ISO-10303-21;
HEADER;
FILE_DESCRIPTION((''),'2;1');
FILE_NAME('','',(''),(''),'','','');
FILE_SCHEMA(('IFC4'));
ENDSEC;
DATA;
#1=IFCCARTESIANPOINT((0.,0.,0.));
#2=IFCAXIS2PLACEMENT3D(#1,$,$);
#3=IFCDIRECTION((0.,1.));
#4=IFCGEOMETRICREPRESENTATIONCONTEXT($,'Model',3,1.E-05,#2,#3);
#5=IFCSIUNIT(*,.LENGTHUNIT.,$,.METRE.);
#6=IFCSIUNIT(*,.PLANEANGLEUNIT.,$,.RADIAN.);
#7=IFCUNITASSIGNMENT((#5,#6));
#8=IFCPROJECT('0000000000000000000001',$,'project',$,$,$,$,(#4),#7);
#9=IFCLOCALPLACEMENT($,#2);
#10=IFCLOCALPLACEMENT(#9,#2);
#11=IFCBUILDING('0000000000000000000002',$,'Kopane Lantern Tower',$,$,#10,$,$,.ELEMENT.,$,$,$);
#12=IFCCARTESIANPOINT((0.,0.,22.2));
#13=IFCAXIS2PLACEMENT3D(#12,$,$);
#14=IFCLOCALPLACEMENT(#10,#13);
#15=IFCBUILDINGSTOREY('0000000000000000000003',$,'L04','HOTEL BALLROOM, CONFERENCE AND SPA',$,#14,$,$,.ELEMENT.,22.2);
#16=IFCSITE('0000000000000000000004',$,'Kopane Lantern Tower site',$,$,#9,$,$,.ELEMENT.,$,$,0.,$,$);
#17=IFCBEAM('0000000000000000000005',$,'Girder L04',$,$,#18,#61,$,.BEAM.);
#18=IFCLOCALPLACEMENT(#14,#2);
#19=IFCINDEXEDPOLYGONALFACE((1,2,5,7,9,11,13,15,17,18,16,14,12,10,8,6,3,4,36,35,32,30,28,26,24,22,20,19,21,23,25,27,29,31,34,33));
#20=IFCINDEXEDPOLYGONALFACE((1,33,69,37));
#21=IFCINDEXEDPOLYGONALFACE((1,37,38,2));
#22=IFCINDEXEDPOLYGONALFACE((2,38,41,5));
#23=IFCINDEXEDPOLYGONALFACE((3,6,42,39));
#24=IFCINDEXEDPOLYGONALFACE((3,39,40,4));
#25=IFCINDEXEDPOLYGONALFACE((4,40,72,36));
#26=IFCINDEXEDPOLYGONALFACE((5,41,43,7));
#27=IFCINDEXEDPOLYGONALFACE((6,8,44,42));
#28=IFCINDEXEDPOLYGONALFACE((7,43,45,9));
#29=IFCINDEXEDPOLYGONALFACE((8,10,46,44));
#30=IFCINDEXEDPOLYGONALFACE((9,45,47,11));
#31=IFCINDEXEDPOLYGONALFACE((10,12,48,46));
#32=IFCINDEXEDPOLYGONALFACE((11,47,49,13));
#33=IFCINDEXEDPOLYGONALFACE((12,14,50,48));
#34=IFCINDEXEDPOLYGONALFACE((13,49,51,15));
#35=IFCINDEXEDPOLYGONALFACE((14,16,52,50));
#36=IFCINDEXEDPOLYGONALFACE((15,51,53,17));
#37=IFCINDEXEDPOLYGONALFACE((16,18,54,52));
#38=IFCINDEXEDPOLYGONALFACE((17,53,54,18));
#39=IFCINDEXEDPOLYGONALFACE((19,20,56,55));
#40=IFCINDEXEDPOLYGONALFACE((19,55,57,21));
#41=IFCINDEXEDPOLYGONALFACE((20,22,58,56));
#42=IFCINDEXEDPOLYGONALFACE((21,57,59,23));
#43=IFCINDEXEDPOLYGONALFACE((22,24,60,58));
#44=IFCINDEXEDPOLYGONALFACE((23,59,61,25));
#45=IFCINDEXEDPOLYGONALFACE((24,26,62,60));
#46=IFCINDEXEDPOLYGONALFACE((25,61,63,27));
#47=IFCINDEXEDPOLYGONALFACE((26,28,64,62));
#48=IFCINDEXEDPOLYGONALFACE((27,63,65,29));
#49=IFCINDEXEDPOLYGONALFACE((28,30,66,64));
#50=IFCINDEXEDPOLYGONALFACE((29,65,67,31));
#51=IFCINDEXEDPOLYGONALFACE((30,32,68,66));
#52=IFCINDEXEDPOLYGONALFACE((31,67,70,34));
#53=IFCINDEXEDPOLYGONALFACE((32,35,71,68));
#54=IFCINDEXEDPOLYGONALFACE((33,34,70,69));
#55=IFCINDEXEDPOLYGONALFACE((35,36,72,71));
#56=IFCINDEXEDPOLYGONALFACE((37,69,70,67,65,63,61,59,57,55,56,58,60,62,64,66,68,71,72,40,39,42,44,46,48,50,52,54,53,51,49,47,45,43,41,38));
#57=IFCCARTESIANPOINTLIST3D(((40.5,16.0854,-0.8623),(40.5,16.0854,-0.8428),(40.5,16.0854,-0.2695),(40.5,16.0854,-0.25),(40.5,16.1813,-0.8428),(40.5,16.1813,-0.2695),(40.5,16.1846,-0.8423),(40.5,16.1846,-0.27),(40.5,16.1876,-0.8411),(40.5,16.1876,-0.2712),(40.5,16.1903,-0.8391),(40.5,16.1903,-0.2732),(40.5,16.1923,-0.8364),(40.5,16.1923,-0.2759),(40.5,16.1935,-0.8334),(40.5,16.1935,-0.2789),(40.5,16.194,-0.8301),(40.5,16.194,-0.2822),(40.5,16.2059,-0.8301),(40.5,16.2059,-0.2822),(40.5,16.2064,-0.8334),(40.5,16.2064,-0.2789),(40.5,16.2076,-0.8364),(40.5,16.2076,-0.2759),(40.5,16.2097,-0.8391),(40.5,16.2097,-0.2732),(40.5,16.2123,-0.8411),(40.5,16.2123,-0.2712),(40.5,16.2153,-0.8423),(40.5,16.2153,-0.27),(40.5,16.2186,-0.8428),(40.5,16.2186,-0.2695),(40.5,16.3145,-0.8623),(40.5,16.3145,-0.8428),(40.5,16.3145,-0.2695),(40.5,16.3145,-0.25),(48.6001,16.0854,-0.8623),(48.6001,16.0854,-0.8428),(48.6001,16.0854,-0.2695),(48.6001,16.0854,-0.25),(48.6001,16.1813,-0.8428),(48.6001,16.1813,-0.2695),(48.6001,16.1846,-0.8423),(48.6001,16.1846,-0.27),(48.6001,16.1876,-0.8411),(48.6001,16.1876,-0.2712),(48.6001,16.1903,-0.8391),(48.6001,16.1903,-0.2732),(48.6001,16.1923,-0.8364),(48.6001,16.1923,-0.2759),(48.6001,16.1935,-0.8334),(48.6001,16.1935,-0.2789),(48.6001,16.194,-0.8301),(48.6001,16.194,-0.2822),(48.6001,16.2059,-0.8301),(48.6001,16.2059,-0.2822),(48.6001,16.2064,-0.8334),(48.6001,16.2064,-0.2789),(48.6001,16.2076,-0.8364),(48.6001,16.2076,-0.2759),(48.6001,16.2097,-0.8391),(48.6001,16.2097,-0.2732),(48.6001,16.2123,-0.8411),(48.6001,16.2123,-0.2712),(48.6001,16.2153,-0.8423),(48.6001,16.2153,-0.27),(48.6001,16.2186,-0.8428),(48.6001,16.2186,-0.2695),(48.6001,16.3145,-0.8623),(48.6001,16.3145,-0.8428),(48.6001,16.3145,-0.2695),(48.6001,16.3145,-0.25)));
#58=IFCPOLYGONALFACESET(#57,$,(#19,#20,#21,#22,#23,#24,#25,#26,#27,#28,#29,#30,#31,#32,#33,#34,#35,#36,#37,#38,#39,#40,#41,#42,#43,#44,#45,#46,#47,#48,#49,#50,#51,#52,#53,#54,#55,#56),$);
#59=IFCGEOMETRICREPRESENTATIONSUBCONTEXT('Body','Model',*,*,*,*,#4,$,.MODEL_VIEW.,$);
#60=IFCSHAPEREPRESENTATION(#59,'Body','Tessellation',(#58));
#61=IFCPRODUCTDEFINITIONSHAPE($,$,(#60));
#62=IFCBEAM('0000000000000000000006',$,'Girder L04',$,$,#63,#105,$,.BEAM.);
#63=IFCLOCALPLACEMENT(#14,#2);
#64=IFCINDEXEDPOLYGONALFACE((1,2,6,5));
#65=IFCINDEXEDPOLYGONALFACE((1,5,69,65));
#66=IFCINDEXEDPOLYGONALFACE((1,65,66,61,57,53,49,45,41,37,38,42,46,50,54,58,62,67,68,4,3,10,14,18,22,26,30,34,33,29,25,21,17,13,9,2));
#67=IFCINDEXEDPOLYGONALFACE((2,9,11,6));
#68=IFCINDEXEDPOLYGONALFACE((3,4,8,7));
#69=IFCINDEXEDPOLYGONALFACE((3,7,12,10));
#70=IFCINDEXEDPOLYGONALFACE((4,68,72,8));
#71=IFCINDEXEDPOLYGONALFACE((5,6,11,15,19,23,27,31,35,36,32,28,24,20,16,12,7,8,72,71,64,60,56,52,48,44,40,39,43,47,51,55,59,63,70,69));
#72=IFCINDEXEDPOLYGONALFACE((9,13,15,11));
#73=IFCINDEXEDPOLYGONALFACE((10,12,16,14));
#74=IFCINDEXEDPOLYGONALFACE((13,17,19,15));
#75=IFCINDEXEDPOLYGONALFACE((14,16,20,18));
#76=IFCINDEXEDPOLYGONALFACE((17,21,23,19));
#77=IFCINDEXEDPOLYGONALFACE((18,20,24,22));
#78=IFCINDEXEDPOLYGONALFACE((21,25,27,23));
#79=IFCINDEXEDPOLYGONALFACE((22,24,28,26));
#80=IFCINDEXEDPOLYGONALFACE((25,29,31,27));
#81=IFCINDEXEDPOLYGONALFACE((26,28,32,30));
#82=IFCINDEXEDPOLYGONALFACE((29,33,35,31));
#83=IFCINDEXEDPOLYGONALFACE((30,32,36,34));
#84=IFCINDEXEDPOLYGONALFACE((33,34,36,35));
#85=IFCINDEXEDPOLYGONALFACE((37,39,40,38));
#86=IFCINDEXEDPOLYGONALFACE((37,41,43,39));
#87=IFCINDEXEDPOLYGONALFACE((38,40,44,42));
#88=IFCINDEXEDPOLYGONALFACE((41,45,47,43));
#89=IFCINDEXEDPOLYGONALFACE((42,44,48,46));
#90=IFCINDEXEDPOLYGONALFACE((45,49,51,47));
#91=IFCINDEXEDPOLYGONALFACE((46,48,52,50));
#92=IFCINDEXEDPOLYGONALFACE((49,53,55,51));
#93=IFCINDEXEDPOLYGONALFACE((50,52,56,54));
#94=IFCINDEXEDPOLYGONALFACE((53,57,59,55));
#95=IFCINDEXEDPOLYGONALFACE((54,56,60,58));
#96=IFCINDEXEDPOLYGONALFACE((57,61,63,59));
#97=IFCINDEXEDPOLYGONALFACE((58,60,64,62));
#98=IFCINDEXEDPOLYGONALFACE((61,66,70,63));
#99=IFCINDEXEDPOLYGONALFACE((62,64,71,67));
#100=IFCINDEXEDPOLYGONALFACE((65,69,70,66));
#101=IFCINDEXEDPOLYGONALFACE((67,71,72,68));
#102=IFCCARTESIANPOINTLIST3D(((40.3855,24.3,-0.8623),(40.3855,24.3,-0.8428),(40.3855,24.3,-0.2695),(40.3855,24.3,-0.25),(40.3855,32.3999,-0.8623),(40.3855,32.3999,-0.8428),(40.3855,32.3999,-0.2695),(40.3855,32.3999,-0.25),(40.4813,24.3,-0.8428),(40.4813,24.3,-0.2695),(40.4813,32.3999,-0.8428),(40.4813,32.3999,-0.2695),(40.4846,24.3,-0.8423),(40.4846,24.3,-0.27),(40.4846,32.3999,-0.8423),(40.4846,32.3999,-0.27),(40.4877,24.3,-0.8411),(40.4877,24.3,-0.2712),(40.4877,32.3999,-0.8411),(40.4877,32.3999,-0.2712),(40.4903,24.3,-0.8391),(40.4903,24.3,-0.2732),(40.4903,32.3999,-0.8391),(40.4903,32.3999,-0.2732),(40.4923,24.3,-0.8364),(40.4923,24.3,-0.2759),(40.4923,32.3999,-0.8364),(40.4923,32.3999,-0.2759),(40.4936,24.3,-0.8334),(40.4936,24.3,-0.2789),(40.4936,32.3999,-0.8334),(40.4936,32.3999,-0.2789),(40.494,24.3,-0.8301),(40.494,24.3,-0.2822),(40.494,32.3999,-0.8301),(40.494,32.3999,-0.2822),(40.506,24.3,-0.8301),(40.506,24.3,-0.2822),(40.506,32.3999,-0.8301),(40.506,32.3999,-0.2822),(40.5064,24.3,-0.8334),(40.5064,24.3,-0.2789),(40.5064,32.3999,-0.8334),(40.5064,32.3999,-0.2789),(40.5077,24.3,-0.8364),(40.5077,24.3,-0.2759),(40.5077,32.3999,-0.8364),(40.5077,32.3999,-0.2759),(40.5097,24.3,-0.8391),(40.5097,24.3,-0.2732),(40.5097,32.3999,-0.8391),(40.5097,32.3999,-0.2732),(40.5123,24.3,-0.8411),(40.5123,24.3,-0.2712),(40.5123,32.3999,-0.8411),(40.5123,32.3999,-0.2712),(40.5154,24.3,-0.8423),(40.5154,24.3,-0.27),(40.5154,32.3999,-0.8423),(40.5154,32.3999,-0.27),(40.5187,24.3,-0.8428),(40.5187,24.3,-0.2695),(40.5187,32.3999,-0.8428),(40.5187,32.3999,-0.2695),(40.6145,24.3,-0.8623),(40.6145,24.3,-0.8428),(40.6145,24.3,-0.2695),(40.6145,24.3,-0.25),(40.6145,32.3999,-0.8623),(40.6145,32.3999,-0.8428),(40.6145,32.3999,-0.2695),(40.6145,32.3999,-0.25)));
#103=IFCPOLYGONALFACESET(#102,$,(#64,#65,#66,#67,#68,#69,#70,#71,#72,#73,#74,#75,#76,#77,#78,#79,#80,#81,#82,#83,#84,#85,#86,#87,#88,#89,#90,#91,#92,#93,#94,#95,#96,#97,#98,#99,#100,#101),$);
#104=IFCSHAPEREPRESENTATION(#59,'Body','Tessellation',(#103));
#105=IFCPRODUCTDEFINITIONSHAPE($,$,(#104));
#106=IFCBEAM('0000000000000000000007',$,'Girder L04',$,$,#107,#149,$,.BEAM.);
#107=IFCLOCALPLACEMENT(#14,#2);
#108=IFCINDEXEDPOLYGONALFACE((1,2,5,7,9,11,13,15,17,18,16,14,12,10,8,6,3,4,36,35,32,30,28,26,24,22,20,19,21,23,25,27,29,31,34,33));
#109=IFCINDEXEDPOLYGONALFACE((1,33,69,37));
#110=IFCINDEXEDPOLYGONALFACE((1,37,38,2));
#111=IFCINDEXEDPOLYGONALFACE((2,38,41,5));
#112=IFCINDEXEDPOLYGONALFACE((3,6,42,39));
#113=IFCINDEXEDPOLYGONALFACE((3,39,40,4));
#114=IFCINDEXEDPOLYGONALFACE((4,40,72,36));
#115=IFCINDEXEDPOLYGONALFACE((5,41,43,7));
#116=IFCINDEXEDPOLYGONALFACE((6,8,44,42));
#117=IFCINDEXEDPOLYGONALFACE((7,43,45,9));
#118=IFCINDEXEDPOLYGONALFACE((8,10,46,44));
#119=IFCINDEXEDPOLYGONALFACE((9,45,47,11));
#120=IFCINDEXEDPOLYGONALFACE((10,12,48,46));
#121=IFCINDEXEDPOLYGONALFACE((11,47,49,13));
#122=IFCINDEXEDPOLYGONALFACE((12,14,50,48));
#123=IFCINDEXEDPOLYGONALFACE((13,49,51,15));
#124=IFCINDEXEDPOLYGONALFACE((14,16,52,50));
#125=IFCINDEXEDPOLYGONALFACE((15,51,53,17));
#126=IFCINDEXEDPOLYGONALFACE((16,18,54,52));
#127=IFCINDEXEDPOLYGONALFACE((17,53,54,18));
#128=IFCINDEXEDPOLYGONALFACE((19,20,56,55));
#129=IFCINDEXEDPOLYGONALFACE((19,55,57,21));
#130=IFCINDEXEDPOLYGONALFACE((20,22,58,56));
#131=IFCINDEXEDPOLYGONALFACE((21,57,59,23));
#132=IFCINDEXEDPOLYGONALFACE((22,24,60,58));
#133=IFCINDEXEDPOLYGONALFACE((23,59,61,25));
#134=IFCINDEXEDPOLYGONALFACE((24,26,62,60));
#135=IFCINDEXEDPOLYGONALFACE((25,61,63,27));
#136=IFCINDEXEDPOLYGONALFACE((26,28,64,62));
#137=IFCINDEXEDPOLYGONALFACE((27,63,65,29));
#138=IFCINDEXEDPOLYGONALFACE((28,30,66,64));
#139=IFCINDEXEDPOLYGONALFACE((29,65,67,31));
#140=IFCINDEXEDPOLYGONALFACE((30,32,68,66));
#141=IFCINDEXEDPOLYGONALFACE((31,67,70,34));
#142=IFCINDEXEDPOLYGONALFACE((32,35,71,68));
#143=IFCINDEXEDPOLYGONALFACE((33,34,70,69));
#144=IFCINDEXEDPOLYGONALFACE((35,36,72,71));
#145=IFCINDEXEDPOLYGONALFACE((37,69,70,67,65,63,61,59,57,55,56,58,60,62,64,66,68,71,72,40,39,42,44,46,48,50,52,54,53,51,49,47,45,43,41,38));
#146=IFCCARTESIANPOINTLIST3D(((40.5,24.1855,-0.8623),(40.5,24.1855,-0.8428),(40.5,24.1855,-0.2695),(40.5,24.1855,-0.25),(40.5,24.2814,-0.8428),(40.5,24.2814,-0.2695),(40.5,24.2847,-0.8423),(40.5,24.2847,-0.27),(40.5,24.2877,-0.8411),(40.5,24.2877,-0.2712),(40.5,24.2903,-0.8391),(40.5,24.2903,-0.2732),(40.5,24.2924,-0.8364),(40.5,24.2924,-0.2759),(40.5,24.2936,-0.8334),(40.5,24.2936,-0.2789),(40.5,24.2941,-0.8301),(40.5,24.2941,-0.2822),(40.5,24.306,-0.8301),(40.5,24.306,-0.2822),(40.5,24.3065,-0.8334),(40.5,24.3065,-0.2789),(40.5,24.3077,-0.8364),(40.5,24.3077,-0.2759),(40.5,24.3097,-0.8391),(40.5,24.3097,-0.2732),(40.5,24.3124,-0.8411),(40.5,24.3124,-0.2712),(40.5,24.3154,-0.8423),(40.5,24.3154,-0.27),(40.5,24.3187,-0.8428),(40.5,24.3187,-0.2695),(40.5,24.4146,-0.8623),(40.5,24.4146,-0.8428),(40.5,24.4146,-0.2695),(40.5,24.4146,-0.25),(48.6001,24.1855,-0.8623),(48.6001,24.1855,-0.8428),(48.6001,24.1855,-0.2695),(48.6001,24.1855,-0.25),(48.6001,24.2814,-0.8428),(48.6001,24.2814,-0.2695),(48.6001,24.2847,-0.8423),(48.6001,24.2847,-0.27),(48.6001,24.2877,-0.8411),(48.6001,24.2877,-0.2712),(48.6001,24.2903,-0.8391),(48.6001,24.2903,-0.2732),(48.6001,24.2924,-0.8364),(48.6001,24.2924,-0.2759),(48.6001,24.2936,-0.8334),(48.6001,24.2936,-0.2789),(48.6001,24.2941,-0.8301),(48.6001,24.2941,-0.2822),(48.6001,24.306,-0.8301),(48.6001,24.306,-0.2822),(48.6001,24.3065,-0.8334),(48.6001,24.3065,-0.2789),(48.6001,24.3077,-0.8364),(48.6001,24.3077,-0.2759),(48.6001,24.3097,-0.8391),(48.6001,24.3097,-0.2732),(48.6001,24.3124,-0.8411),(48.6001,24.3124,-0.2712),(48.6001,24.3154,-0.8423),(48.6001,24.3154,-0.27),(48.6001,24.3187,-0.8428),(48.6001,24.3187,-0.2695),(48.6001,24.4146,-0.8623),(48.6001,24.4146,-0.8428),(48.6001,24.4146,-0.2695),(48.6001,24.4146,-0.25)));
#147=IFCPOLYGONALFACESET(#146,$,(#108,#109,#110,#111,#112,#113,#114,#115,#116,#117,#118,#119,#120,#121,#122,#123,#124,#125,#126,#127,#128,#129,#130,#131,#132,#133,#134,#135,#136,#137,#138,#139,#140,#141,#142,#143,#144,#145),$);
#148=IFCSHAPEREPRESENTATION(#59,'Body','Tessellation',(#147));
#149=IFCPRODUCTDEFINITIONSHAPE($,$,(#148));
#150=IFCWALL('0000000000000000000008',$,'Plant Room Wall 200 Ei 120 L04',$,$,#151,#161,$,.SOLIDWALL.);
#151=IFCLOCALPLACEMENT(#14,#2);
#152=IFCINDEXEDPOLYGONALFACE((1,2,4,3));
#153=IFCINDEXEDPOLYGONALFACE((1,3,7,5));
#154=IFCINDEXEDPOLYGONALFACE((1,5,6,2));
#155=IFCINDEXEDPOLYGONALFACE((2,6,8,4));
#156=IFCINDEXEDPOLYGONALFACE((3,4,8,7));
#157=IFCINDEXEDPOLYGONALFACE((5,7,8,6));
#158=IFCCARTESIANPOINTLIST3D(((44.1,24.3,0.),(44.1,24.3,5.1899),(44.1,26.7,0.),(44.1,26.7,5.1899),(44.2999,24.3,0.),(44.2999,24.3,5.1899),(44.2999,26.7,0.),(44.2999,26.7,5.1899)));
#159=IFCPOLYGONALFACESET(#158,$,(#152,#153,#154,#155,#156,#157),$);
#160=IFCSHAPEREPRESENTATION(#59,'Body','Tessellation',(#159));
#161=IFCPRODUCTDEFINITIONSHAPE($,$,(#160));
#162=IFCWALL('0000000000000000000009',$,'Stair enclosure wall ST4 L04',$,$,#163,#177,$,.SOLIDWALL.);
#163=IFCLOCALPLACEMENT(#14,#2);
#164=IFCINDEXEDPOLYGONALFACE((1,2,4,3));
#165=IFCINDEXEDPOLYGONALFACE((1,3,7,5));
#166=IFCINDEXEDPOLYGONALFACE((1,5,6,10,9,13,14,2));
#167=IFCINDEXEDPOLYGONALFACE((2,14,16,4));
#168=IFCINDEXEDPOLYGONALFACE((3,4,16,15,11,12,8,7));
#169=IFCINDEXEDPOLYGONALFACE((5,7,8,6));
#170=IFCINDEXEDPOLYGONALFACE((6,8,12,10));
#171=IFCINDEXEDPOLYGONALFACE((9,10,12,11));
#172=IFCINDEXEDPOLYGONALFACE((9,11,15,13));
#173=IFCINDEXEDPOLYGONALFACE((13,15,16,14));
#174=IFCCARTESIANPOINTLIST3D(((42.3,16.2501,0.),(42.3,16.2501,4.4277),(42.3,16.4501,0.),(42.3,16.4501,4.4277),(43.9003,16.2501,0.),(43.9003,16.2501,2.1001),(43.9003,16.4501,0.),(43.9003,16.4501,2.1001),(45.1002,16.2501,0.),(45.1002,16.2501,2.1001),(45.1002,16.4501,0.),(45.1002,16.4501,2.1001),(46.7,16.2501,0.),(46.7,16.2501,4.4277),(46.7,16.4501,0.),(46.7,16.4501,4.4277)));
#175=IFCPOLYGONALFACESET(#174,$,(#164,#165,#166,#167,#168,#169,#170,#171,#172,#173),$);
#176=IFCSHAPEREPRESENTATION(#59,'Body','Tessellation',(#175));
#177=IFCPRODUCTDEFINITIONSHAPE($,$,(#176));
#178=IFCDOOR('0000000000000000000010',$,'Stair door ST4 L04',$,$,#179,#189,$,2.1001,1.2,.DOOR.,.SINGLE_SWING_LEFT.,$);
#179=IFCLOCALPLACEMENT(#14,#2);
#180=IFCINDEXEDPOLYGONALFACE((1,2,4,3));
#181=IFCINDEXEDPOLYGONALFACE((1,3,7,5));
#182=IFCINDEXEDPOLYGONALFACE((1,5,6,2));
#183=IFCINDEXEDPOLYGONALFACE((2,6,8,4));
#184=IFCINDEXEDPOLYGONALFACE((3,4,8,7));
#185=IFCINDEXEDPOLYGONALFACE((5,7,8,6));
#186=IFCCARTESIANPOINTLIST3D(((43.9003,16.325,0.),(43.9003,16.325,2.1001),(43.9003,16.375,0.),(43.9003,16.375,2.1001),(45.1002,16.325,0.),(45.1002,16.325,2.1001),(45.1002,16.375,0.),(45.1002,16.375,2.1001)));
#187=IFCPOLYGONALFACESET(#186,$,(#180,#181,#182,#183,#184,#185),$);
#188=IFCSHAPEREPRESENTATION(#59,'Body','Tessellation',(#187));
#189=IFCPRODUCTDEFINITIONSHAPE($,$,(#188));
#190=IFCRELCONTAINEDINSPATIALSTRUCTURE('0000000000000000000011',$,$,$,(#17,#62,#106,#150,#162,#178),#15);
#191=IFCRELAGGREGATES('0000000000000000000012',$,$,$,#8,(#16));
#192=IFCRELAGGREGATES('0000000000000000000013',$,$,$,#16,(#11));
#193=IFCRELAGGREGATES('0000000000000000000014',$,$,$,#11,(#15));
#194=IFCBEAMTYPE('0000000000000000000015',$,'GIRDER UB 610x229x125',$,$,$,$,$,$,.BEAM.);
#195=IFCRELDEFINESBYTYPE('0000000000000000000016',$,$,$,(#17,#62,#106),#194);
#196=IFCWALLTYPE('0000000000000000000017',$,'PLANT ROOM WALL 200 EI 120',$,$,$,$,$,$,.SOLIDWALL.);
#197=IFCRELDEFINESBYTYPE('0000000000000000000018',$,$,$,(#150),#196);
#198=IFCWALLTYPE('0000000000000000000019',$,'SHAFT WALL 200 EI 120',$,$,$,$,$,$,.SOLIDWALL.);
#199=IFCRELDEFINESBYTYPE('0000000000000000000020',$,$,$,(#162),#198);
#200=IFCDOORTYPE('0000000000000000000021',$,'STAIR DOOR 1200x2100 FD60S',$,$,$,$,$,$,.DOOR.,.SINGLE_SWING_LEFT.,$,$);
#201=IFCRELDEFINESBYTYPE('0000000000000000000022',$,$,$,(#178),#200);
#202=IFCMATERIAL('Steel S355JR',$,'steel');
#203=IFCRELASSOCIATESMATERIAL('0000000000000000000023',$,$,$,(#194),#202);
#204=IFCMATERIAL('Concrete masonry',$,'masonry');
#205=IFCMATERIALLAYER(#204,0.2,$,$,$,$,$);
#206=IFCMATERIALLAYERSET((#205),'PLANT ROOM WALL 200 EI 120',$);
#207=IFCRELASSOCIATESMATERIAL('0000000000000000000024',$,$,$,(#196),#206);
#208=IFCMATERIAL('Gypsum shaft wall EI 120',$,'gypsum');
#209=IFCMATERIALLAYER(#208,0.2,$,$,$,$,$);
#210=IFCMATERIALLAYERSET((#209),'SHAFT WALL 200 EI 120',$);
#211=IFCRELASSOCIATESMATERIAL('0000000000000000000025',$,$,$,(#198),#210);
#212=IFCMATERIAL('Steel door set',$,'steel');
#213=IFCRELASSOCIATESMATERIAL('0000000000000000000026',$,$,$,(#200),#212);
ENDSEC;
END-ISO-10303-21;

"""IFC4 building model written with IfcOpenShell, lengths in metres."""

from ifc_helpers import new_model, si_unit, direction, frame, frame_2d, origin, origin_2d, place, context, subcontext, project, spatial, rectangle, i_section, extrude, material, layer, layer_set, material_profile, profile_set, type_object, element, fill, save


model = new_model("IFC4")

# Units and contexts
model_context = context("Model", 3, precision=1e-05, world=origin(), true_north=direction((0.0, 1.0)))
body_context = subcontext(model_context, "Body", "Model", "MODEL_VIEW")
ifc_project = project(units=[si_unit("LENGTHUNIT", "METRE"), si_unit("PLANEANGLEUNIT", "RADIAN")], contexts=[model_context])

# Site, building, storey
site_placement = place(None, origin())
site = spatial("IfcSite", under=ifc_project, at=site_placement, Name="Kopane Lantern Tower site", CompositionType="ELEMENT", RefElevation=0.0)
building_placement = place(site_placement, origin())
building = spatial("IfcBuilding", under=site, at=building_placement, Name="Kopane Lantern Tower", CompositionType="ELEMENT")
storey_placement = place(building_placement, frame((0.0, 0.0, 22.2)))
storey = spatial("IfcBuildingStorey", under=building, at=storey_placement, Name="L04", Description="HOTEL BALLROOM, CONFERENCE AND SPA", CompositionType="ELEMENT", Elevation=22.2)

# Beams
ifc_material_1 = material(Name="Steel S355JR", Category="steel")
ifc_material_profile_1 = material_profile(ifc_material_1, i_section(OverallWidth=0.229, OverallDepth=0.6123, WebThickness=0.012, FlangeThickness=0.0195, FilletRadius=0.0127, at=origin_2d()), Name="UB 610x229x125")
ifc_profile_set_1 = profile_set([ifc_material_profile_1], Name="Steel S355JR")
beam_type_1 = type_object("IfcBeamType", Name="GIRDER UB 610x229x125", PredefinedType="BEAM", material=ifc_profile_set_1)
for number, where, z_axis, x_axis, name in (
    (1, (40.5, 16.2, -0.5562), (1.0, 0.0, 0.0), (0.0, 1.0, 0.0), "Girder L04"),
):
    element("IfcBeam", number, at=place(storey_placement, frame(where, z_axis=z_axis, x_axis=x_axis)), inside=storey, type_object=beam_type_1, Name=name, PredefinedType="BEAM", context=body_context, shape_type="SweptSolid", body=[
        extrude(i_section(OverallWidth=0.229, OverallDepth=0.6123, WebThickness=0.012, FlangeThickness=0.0195, FilletRadius=0.0127, at=origin_2d()), origin(), (0.0, 0.0, 1.0), 8.1001),
    ])
beam_1_placement = place(storey_placement, frame((40.5, 24.3, -0.5562), z_axis=(0.0, 1.0, 0.0), x_axis=(-1.0, 0.0, 0.0)))
element("IfcBeam", 2, at=beam_1_placement, inside=storey, type_object=beam_type_1, Name="Girder L04", PredefinedType="BEAM", context=body_context, shape_type="SweptSolid", body=[
    extrude(i_section(OverallWidth=0.229, OverallDepth=0.6123, WebThickness=0.012, FlangeThickness=0.0195, FilletRadius=0.0127, at=origin_2d()), origin(), (0.0, 0.0, 1.0), 8.0999),
])
beam_2_placement = place(storey_placement, frame((40.5, 24.3, -0.5562), z_axis=(1.0, 0.0, 0.0), x_axis=(0.0, 1.0, 0.0)))
element("IfcBeam", 3, at=beam_2_placement, inside=storey, type_object=beam_type_1, Name="Girder L04", PredefinedType="BEAM", context=body_context, shape_type="SweptSolid", body=[
    extrude(i_section(OverallWidth=0.229, OverallDepth=0.6123, WebThickness=0.012, FlangeThickness=0.0195, FilletRadius=0.0127, at=origin_2d()), origin(), (0.0, 0.0, 1.0), 8.1001),
])

# Wall
ifc_material_2 = material(Name="Concrete masonry", Category="masonry")
ifc_layer_1 = layer(ifc_material_2, 0.2)
ifc_layer_set_1 = layer_set([ifc_layer_1], Name="PLANT ROOM WALL 200 EI 120")
wall_type_1 = type_object("IfcWallType", Name="PLANT ROOM WALL 200 EI 120", PredefinedType="SOLIDWALL", material=ifc_layer_set_1)
wall_1_placement = place(storey_placement, frame((44.2, 24.3, 0.0), z_axis=(0.0, 0.0, 1.0), x_axis=(0.0, 1.0, 0.0)))
element("IfcWall", 4, at=wall_1_placement, inside=storey, type_object=wall_type_1, Name="Plant Room Wall 200 Ei 120 L04", PredefinedType="SOLIDWALL", context=body_context, shape_type="SweptSolid", body=[
    extrude(rectangle(XDim=2.3999, YDim=0.2, at=frame_2d((1.2, 0.0))), origin(), (0.0, 0.0, 1.0), 5.1899),
])

# Wall, opening, door
ifc_material_3 = material(Name="Gypsum shaft wall EI 120", Category="gypsum")
ifc_layer_2 = layer(ifc_material_3, 0.2)
ifc_layer_set_2 = layer_set([ifc_layer_2], Name="SHAFT WALL 200 EI 120")
wall_type_2 = type_object("IfcWallType", Name="SHAFT WALL 200 EI 120", PredefinedType="SOLIDWALL", material=ifc_layer_set_2)
wall_2_placement = place(storey_placement, frame((42.3, 16.3501, 0.0), z_axis=(0.0, 0.0, 1.0), x_axis=(1.0, 0.0, 0.0)))
wall_2 = element("IfcWall", 5, at=wall_2_placement, inside=storey, type_object=wall_type_2, Name="Stair enclosure wall ST4 L04", PredefinedType="SOLIDWALL", context=body_context, shape_type="SweptSolid", body=[
    extrude(rectangle(XDim=4.3999, YDim=0.2, at=frame_2d((2.2, 0.0))), origin(), (0.0, 0.0, 1.0), 4.4277),
])
opening_placement = place(wall_2_placement, frame((1.6001, 0.0, 0.0)))
opening = element("IfcOpeningElement", 6, at=opening_placement, cuts=wall_2, PredefinedType="OPENING", context=body_context, shape_type="SweptSolid", body=[
    extrude(rectangle(XDim=1.2, YDim=2.1001, at=frame_2d((0.6001, 1.05))), frame((0.0, 0.1099, 0.0), z_axis=(0.0, -1.0, 0.0), x_axis=(1.0, 0.0, 0.0)), (0.0, 0.0, 1.0), 0.22),
])
ifc_material_4 = material(Name="Steel door set", Category="steel")
door_type = type_object("IfcDoorType", Name="STAIR DOOR 1200x2100 FD60S", OperationType="SINGLE_SWING_LEFT", PredefinedType="DOOR", material=ifc_material_4)
door_placement = place(opening_placement, origin())
door = element("IfcDoor", 7, at=door_placement, inside=storey, type_object=door_type, Name="Stair door ST4 L04", OperationType="SINGLE_SWING_LEFT", OverallHeight=2.1001, OverallWidth=1.2, PredefinedType="DOOR", context=body_context, shape_type="SweptSolid", body=[
    extrude(rectangle(XDim=1.2, YDim=2.1001, at=frame_2d((0.6001, 1.05))), frame((0.0, 0.0249, 0.0), z_axis=(0.0, -1.0, 0.0), x_axis=(1.0, 0.0, 0.0)), (0.0, 0.0, 1.0), 0.05),
])
fill(opening, door)

save(model, "model.ifc")
